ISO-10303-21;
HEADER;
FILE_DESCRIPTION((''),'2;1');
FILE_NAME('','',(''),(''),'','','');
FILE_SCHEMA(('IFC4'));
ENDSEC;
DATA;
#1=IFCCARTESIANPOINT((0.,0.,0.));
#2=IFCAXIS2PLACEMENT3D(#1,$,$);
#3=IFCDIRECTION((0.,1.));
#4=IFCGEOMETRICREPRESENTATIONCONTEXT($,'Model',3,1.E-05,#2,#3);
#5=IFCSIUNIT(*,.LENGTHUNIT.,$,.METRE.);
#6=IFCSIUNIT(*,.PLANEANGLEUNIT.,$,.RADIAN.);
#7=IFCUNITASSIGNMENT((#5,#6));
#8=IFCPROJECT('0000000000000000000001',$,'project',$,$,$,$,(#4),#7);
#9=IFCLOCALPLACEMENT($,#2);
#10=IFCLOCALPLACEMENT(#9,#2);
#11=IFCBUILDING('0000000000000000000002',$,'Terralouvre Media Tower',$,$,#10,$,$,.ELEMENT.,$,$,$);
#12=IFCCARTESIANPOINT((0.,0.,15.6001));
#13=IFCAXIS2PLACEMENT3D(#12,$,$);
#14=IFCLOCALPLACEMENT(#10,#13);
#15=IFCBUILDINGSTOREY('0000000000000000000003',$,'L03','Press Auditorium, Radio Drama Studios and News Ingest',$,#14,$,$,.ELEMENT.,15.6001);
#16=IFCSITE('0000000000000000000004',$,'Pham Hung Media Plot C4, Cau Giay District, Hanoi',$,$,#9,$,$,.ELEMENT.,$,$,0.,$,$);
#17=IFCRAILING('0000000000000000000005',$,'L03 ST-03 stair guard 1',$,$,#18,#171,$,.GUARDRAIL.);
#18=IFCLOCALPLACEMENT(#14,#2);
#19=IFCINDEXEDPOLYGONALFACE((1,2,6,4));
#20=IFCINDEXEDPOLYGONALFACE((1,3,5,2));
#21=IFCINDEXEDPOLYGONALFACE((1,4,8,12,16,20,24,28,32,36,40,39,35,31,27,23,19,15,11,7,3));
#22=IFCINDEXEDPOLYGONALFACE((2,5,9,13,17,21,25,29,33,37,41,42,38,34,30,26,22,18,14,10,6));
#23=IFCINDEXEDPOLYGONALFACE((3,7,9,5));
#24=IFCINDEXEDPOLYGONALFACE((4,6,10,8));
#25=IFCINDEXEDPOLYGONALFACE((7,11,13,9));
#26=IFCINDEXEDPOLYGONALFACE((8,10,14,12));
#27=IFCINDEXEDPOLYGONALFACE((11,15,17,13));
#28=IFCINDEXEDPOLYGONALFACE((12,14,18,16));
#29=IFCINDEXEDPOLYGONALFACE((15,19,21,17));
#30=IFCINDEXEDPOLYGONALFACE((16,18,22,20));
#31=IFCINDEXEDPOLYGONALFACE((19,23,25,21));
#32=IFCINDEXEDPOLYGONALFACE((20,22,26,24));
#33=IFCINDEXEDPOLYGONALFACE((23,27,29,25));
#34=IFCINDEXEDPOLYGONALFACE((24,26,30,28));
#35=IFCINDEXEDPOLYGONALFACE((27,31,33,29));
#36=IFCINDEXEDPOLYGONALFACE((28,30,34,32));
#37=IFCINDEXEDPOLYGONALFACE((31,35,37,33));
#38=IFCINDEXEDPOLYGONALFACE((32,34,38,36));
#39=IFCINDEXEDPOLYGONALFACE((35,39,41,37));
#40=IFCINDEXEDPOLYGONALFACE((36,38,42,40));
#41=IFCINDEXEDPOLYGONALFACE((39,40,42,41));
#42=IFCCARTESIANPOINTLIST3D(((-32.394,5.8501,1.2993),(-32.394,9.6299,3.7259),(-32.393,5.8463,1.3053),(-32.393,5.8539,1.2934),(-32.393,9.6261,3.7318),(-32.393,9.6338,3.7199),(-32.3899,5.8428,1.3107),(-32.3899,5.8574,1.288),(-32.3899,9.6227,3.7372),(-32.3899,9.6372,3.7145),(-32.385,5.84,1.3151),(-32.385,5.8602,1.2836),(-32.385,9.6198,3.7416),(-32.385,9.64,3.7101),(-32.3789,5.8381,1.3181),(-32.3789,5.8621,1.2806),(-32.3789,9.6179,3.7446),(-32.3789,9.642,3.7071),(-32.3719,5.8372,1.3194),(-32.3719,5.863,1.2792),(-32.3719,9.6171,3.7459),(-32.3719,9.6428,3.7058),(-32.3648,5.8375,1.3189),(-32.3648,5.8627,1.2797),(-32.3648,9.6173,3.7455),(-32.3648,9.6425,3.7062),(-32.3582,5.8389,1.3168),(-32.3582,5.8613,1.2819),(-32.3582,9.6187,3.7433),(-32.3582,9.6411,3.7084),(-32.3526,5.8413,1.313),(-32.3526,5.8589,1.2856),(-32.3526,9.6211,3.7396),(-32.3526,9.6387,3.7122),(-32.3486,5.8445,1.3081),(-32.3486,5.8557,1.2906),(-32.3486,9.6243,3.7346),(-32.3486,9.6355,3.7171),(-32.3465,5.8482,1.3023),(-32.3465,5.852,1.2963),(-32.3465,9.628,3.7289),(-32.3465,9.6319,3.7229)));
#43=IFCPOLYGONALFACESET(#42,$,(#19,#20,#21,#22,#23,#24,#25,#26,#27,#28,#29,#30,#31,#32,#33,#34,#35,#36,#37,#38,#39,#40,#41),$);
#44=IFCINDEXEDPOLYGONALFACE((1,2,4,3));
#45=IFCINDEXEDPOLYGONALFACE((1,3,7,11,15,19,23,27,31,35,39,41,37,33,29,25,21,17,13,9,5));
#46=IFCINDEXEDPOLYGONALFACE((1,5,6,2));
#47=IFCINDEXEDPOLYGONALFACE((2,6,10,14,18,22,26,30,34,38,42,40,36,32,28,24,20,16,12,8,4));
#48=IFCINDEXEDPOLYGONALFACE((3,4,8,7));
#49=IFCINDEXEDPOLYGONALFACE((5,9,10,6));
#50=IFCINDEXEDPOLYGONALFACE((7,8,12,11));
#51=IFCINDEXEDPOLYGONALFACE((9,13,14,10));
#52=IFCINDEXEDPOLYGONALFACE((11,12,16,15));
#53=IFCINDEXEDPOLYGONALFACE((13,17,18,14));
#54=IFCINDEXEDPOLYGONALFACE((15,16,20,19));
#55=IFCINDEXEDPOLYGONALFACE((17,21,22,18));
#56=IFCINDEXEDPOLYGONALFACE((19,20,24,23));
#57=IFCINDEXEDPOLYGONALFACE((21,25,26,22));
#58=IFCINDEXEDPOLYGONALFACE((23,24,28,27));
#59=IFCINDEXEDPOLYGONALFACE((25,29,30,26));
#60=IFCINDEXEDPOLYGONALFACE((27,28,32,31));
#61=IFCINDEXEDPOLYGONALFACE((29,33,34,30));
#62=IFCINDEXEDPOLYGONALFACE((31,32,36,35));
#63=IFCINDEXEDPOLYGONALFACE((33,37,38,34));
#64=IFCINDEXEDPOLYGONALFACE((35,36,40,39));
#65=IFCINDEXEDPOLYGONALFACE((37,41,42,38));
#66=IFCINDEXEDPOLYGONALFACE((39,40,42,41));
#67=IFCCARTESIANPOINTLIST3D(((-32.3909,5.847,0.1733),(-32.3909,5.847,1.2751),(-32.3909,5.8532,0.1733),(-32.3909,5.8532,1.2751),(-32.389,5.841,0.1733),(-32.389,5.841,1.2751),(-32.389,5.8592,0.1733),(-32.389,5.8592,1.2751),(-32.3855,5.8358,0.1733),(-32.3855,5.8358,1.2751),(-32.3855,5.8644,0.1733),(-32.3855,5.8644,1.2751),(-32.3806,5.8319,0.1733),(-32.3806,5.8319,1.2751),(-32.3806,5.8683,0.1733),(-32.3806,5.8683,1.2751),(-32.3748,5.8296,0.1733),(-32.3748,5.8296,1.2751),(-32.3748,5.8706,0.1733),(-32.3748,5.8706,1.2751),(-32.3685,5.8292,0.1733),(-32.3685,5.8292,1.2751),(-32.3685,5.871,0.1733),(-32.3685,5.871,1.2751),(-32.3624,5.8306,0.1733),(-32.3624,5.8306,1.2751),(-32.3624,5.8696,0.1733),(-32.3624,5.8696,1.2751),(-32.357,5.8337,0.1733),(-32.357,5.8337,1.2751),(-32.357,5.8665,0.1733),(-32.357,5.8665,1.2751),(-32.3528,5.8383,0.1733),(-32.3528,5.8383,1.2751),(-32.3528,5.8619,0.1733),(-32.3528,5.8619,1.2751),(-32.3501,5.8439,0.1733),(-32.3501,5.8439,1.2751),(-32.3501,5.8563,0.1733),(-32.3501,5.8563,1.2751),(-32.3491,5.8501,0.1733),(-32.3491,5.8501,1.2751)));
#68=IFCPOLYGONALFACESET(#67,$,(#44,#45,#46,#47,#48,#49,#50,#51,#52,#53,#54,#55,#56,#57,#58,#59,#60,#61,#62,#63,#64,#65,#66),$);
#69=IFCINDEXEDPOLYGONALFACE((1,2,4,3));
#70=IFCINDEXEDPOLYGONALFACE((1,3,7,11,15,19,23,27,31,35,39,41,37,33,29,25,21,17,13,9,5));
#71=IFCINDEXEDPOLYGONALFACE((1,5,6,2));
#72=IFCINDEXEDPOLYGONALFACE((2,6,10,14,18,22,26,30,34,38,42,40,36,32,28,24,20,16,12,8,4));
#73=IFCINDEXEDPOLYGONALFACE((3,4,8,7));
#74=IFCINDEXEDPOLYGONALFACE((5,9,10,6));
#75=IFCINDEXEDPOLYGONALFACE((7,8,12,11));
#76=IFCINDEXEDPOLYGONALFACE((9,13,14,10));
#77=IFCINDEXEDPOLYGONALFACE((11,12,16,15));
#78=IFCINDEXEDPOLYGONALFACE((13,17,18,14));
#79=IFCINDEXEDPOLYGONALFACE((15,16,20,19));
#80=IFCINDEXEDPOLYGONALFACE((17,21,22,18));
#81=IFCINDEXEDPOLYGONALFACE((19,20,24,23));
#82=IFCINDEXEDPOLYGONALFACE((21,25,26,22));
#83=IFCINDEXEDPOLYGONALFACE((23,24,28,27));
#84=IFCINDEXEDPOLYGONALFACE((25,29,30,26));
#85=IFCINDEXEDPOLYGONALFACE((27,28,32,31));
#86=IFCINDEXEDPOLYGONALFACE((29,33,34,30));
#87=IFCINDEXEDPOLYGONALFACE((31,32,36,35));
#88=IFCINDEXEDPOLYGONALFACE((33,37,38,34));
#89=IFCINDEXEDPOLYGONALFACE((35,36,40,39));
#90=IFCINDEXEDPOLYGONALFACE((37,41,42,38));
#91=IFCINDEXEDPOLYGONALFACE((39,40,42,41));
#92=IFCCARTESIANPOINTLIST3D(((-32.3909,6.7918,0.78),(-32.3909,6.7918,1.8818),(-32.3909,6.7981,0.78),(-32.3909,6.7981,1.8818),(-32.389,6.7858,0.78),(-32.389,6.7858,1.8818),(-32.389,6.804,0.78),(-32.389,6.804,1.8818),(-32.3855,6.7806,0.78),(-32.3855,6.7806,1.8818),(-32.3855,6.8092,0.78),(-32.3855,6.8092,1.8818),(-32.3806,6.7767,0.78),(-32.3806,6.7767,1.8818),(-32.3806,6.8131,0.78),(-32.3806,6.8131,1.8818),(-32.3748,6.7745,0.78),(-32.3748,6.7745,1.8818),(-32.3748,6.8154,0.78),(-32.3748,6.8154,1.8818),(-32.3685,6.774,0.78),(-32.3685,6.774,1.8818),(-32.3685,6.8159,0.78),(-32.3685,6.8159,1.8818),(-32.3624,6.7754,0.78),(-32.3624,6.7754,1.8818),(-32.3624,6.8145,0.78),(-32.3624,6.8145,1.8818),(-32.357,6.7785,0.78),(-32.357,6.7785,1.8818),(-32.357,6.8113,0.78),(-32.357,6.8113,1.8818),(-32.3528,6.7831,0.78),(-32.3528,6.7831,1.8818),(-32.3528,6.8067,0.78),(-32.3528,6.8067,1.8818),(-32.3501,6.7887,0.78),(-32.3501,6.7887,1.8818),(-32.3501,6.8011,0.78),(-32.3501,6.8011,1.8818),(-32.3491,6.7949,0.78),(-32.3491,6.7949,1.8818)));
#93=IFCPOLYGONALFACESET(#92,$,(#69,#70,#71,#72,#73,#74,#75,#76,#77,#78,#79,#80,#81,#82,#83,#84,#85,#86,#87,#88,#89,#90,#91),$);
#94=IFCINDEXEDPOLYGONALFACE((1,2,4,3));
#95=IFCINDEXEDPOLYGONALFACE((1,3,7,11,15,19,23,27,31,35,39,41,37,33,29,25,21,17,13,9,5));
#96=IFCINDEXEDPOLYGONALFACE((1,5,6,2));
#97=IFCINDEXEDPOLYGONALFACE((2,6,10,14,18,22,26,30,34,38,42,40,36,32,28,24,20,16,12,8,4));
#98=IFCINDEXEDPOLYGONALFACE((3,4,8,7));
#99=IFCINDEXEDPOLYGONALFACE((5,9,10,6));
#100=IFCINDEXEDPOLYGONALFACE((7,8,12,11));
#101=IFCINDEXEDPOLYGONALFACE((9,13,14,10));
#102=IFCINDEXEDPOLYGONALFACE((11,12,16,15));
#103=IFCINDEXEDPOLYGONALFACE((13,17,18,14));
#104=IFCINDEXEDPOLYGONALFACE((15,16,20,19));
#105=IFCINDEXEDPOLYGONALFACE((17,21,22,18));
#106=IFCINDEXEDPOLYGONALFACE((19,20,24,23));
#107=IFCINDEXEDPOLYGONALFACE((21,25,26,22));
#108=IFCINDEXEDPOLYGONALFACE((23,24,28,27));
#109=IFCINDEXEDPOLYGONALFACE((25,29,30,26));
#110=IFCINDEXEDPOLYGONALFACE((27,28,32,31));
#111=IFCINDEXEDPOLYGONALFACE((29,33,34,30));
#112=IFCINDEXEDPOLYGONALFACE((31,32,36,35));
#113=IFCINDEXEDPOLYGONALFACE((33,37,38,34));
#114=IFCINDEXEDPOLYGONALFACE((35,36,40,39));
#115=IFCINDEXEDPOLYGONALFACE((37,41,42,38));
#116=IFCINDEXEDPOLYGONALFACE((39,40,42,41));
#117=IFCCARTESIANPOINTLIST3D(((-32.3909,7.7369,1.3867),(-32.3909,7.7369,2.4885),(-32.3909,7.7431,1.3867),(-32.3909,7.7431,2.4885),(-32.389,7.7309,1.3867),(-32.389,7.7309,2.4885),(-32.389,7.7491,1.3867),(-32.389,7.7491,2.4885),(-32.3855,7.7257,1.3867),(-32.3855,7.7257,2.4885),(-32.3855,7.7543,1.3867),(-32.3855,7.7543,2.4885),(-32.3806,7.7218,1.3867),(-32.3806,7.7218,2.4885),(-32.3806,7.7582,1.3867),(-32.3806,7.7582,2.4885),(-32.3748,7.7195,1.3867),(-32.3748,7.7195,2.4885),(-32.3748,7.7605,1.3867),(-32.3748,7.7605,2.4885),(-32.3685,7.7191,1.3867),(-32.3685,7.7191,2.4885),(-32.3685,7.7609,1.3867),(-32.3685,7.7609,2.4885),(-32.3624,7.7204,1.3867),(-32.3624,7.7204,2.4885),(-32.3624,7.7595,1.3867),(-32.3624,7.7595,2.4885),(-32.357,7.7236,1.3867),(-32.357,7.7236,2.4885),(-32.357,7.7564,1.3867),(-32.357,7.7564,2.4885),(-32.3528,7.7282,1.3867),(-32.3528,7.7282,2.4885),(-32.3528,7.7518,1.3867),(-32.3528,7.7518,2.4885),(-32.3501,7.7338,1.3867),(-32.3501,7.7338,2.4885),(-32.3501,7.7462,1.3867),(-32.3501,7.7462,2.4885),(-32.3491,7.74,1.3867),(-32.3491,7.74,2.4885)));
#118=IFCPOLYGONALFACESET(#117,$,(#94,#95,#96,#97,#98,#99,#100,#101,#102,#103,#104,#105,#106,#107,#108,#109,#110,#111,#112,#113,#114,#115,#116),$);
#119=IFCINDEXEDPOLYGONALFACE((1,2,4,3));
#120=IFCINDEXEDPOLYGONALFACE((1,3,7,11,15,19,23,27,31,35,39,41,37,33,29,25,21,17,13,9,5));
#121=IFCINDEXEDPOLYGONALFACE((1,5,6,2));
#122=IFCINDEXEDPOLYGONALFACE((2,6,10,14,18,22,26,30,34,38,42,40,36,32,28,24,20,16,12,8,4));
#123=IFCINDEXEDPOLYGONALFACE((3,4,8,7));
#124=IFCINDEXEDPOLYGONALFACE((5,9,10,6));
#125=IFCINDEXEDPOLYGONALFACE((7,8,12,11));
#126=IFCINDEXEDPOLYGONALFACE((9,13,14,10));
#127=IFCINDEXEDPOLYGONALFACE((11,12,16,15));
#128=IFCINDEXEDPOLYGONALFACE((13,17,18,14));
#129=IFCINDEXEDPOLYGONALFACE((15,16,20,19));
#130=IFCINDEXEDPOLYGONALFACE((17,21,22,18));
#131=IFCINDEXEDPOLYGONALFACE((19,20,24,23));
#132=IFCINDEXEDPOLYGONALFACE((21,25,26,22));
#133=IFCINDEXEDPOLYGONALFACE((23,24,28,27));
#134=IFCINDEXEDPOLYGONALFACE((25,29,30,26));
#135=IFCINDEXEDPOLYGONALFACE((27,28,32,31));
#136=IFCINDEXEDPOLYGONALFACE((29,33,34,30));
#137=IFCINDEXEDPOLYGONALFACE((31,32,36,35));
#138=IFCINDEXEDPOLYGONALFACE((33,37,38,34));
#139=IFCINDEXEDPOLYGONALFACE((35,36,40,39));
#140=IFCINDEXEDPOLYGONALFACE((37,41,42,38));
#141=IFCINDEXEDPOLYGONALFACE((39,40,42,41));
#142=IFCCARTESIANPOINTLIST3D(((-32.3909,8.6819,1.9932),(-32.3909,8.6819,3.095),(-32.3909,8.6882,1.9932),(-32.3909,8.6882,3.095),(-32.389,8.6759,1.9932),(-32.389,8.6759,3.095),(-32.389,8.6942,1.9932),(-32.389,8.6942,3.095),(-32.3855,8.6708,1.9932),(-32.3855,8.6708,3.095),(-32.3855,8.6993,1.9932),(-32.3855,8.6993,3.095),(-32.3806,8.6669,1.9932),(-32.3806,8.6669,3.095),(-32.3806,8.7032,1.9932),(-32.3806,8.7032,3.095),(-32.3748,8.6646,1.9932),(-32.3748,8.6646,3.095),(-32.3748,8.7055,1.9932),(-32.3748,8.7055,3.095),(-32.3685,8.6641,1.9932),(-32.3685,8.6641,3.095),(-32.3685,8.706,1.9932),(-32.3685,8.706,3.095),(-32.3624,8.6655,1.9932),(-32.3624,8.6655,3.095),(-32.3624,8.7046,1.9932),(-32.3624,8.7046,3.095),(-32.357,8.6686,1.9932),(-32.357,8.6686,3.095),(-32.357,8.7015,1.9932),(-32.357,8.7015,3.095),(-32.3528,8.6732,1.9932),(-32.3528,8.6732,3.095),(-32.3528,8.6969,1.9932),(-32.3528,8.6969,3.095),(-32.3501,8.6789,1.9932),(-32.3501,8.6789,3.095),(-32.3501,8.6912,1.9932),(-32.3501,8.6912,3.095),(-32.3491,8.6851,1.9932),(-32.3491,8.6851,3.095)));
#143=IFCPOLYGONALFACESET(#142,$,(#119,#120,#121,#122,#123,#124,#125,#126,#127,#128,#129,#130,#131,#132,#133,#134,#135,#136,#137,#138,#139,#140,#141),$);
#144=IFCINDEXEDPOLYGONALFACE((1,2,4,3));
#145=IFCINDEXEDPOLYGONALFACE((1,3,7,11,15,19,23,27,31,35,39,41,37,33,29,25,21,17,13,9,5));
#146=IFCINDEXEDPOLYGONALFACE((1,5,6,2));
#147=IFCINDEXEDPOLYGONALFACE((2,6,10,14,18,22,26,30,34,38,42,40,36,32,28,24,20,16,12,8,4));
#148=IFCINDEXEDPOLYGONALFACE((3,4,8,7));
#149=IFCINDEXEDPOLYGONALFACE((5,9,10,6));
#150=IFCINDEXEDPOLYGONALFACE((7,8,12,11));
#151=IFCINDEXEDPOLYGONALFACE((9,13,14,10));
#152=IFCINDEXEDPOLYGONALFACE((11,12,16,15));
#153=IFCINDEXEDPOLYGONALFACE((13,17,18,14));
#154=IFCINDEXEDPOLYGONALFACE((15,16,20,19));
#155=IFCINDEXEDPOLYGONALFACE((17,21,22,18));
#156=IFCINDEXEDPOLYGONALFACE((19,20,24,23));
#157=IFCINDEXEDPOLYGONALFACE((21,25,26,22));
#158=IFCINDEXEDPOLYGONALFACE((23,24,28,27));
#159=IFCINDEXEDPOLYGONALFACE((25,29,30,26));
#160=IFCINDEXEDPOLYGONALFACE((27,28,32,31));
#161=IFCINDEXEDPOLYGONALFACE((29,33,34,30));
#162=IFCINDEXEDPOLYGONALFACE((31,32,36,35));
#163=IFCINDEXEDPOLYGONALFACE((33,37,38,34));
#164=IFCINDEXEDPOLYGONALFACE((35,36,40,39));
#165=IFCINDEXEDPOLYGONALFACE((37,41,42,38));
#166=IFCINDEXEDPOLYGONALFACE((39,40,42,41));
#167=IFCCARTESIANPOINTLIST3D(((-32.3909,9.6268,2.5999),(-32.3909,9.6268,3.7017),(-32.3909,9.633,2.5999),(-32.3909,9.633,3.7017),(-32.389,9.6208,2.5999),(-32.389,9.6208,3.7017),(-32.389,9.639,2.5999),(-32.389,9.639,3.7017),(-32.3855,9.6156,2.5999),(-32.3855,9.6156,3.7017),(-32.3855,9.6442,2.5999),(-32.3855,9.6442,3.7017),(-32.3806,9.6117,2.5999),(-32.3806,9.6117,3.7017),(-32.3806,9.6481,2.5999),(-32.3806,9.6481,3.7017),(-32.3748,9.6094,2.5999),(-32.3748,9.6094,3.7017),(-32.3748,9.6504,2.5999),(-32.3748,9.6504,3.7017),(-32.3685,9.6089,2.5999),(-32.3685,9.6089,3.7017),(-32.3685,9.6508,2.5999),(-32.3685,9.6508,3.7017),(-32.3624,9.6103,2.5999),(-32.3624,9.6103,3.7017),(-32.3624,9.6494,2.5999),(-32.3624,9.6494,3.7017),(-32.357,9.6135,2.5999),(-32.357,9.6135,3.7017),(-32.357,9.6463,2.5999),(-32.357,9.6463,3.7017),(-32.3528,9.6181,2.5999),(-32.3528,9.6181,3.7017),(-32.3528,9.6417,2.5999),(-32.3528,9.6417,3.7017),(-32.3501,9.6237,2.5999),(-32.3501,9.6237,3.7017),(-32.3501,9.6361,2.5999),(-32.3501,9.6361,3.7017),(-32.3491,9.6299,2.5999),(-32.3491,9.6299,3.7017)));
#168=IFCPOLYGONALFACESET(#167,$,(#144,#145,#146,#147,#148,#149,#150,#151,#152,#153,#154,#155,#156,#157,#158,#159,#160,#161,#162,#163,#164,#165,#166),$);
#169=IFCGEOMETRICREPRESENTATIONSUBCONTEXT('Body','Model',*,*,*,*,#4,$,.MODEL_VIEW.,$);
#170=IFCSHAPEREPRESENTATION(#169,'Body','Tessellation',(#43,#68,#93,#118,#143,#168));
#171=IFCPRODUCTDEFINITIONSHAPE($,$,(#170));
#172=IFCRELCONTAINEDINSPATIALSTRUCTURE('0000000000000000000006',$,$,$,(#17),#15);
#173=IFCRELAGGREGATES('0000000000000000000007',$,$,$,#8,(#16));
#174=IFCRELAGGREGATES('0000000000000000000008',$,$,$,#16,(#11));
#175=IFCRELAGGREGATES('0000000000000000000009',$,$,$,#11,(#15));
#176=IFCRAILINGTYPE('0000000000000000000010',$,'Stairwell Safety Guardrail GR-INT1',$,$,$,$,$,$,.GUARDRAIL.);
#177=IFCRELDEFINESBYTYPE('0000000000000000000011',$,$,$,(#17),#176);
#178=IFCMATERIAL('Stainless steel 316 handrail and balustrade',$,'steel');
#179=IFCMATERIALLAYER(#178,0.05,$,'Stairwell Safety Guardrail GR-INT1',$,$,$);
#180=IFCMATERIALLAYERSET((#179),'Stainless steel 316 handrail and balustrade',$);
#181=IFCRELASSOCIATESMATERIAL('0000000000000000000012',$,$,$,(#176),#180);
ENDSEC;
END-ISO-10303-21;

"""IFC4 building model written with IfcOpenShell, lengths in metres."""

from ifc_helpers import new_model, si_unit, direction, frame, origin, origin_2d, place, context, subcontext, project, spatial, circle, extrude, material, layer, layer_set, type_object, element, save


model = new_model("IFC4")

# Units and contexts
model_context = context("Model", 3, precision=1e-05, world=origin(), true_north=direction((0.0, 1.0)))
body_context = subcontext(model_context, "Body", "Model", "MODEL_VIEW")
ifc_project = project(units=[si_unit("LENGTHUNIT", "METRE"), si_unit("PLANEANGLEUNIT", "RADIAN")], contexts=[model_context])

# Site, building, storey
site_placement = place(None, origin())
site = spatial("IfcSite", under=ifc_project, at=site_placement, Name="Pham Hung Media Plot C4, Cau Giay District, Hanoi", CompositionType="ELEMENT", RefElevation=0.0)
building_placement = place(site_placement, origin())
building = spatial("IfcBuilding", under=site, at=building_placement, Name="Terralouvre Media Tower", CompositionType="ELEMENT")
storey_placement = place(building_placement, frame((0.0, 0.0, 15.6001)))
storey = spatial("IfcBuildingStorey", under=building, at=storey_placement, Name="L03", Description="Press Auditorium, Radio Drama Studios and News Ingest", CompositionType="ELEMENT", Elevation=15.6001)

# Railing
ifc_material_1 = material(Name="Stainless steel 316 handrail and balustrade", Category="steel")
ifc_layer_1 = layer(ifc_material_1, 0.05, Name="Stairwell Safety Guardrail GR-INT1")
ifc_layer_set_1 = layer_set([ifc_layer_1], Name="Stainless steel 316 handrail and balustrade")
railing_type_1 = type_object("IfcRailingType", Name="Stairwell Safety Guardrail GR-INT1", PredefinedType="GUARDRAIL", material=ifc_layer_set_1)
railing_1_placement = place(storey_placement, frame((-32.3701, 5.8501, 0.1733)))
element("IfcRailing", 1, at=railing_1_placement, inside=storey, type_object=railing_type_1, Name="L03 ST-03 stair guard 1", PredefinedType="GUARDRAIL", context=body_context, shape_type="SweptSolid", body=[
    extrude(circle(Radius=0.0239, at=origin_2d()), frame((0.0, 0.0, 1.126), z_axis=(0.0, 0.841517, 0.54023), x_axis=(-1.0, 0.0, 0.0)), (0.0, 0.0, 1.0), 4.4917),
    extrude(circle(Radius=0.021, at=origin_2d()), origin(), (0.0, 0.0, 1.0), 1.1018),
    extrude(circle(Radius=0.021, at=origin_2d()), frame((0.0, 0.9448, 0.6067)), (0.0, 0.0, 1.0), 1.1018),
    extrude(circle(Radius=0.021, at=origin_2d()), frame((0.0, 1.8899, 1.2134)), (0.0, 0.0, 1.0), 1.1018),
    extrude(circle(Radius=0.021, at=origin_2d()), frame((0.0, 2.835, 1.8198)), (0.0, 0.0, 1.0), 1.1018),
    extrude(circle(Radius=0.021, at=origin_2d()), frame((0.0, 3.7798, 2.4265)), (0.0, 0.0, 1.0), 1.1018),
])

save(model, "model.ifc")
